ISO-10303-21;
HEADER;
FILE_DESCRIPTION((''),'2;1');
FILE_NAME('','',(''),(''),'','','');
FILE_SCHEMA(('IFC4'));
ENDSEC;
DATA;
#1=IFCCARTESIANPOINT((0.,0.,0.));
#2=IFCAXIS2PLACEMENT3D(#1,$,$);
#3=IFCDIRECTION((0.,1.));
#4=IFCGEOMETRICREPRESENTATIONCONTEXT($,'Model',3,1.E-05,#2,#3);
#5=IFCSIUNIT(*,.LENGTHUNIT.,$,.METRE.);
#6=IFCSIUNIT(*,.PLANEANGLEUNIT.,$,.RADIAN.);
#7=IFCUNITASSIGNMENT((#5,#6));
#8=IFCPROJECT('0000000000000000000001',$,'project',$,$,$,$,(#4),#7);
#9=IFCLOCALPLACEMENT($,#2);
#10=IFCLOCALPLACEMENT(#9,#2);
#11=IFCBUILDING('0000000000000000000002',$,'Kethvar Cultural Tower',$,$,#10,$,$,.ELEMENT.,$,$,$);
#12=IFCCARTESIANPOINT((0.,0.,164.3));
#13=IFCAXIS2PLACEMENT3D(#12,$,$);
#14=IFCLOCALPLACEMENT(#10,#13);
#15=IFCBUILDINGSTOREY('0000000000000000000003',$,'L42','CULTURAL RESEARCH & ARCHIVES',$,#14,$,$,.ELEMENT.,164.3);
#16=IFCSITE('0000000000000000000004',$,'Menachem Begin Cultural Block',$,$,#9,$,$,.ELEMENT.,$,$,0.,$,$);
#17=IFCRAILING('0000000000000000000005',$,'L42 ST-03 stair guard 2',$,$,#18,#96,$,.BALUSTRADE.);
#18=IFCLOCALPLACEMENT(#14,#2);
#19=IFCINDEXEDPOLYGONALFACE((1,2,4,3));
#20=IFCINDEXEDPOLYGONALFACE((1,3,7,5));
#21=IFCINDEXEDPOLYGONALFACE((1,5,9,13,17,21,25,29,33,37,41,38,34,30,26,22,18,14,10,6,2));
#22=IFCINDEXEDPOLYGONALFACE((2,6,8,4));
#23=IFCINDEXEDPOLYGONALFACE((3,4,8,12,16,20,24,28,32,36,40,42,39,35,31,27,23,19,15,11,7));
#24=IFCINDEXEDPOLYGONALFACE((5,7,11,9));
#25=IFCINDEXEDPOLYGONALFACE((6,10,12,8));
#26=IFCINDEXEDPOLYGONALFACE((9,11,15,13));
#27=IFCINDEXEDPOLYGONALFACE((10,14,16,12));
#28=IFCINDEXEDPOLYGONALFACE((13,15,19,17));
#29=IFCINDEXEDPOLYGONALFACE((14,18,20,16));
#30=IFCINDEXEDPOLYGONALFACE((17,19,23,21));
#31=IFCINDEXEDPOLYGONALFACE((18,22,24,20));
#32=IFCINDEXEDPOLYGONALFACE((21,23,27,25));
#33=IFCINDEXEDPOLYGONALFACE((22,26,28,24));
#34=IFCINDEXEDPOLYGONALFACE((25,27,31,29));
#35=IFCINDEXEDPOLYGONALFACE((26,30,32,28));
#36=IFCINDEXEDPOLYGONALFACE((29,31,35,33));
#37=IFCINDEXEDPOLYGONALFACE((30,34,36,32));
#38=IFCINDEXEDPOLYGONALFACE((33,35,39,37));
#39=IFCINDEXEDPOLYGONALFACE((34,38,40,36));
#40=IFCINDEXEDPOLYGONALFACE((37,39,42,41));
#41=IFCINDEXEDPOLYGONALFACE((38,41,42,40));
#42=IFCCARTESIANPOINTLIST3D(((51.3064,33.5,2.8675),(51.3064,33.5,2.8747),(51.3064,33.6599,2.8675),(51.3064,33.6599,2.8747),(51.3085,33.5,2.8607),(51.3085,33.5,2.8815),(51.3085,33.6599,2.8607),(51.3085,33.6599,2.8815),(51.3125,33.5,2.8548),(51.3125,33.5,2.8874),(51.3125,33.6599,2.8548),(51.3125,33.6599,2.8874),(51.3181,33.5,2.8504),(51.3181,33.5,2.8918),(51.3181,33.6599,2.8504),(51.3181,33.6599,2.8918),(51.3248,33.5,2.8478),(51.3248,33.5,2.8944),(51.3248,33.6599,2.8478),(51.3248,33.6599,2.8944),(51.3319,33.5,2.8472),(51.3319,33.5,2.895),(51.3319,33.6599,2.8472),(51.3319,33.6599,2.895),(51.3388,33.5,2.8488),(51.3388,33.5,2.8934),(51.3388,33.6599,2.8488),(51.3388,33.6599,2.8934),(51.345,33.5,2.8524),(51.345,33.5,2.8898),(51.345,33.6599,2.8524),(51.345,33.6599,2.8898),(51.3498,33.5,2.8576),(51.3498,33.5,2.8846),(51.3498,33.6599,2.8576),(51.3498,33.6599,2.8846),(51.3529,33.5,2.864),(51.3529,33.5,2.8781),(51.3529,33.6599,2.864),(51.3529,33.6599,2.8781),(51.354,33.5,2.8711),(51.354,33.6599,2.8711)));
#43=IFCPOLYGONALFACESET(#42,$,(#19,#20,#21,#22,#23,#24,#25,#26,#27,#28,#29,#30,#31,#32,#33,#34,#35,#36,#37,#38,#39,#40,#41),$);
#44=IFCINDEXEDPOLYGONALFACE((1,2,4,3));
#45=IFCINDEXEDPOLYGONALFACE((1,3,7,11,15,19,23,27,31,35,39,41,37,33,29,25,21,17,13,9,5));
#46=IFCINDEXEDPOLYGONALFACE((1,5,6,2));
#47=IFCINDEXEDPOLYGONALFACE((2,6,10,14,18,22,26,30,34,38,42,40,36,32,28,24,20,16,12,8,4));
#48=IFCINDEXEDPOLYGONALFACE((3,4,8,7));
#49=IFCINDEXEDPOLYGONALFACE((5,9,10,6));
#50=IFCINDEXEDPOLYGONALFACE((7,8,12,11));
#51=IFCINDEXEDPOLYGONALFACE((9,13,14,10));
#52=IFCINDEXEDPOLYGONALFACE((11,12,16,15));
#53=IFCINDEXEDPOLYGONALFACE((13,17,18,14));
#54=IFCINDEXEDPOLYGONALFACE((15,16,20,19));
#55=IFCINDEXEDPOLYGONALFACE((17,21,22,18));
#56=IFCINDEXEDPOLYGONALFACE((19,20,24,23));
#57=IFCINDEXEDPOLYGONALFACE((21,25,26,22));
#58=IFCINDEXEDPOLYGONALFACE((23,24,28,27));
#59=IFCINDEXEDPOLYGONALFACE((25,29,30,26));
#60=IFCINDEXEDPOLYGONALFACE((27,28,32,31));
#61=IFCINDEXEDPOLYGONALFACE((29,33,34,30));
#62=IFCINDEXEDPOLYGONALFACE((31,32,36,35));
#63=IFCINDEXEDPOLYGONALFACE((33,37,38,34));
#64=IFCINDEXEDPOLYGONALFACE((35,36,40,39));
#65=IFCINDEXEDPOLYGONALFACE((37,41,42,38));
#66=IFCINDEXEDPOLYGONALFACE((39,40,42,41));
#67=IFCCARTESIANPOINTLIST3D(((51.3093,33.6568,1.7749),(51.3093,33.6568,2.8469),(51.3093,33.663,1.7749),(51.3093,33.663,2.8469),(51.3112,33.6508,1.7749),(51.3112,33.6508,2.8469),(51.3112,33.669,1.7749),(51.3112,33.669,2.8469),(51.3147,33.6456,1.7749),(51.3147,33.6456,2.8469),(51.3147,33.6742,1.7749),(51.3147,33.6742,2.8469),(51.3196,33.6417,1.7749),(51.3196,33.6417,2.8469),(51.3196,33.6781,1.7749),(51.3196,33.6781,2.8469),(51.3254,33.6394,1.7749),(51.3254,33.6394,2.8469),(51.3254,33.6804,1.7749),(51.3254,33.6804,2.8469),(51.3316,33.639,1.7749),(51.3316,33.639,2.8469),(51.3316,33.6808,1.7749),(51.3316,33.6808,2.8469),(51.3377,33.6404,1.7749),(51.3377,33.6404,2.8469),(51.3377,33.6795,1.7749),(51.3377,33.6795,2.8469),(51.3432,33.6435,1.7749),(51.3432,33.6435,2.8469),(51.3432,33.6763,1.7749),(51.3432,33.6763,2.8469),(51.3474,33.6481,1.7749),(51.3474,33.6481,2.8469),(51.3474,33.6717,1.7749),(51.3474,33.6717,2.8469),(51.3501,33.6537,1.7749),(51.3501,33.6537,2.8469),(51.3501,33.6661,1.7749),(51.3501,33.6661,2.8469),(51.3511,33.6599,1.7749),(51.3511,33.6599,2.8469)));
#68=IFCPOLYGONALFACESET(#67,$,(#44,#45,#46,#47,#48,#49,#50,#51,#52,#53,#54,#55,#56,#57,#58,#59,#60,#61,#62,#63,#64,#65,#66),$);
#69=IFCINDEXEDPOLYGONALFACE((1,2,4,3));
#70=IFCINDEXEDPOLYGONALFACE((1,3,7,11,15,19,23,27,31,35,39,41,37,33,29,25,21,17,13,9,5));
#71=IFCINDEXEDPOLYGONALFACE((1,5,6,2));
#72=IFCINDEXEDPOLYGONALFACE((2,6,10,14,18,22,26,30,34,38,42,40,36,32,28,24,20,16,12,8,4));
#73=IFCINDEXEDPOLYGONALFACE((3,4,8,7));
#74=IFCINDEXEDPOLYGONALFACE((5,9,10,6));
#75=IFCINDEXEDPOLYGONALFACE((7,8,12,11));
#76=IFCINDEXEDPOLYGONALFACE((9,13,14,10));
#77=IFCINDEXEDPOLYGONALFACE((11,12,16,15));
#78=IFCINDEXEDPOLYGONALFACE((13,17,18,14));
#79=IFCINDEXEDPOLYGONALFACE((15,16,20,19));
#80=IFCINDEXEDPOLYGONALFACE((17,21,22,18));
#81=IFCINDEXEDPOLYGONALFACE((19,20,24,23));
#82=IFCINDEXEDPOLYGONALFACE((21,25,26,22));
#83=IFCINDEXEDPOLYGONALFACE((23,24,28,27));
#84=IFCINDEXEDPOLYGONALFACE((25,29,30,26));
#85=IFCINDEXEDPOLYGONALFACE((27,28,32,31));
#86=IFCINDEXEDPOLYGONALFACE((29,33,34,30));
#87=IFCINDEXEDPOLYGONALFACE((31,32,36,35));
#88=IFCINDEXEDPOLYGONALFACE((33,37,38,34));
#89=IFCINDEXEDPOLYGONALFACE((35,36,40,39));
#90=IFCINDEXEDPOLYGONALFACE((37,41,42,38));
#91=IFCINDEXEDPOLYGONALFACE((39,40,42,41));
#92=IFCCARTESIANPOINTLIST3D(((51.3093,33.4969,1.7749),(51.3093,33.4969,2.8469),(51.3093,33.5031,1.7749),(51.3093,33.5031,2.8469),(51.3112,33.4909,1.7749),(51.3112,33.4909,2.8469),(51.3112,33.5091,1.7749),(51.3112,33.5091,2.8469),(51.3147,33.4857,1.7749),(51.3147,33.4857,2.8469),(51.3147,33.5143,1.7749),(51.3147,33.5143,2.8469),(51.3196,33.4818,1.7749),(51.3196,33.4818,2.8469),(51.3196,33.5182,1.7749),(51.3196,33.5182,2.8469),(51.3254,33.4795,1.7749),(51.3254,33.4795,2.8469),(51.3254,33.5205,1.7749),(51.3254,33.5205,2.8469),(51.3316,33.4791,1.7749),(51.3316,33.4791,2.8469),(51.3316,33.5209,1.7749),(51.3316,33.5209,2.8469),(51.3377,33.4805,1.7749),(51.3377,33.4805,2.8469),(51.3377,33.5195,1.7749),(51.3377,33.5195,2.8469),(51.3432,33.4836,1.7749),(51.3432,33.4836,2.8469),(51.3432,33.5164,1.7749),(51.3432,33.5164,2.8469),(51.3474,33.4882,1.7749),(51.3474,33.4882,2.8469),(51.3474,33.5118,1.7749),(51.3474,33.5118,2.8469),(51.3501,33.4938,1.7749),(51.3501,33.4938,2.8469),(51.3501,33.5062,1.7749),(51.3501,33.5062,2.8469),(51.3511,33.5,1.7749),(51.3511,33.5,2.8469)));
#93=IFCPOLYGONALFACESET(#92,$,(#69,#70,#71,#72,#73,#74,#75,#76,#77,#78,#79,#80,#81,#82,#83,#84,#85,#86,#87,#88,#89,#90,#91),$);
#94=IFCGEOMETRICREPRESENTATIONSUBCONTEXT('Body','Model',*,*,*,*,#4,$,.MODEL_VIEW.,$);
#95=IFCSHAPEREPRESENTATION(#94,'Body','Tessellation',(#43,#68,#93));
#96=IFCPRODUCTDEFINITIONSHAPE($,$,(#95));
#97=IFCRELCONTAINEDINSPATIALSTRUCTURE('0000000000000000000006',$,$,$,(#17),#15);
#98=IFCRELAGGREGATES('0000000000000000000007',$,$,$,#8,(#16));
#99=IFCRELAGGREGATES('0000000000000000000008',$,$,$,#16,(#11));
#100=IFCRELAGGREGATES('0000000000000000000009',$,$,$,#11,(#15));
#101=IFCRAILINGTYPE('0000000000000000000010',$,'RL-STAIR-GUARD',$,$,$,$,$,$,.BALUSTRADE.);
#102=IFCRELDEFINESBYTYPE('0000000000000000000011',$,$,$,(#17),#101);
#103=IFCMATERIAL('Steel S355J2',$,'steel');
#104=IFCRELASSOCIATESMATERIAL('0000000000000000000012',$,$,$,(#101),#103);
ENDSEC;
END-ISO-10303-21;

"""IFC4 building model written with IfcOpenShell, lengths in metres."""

from ifc_helpers import new_model, si_unit, direction, frame, origin, origin_2d, place, context, subcontext, project, spatial, circle, extrude, material, type_object, element, save


model = new_model("IFC4")

# Units and contexts
model_context = context("Model", 3, precision=1e-05, world=origin(), true_north=direction((0.0, 1.0)))
body_context = subcontext(model_context, "Body", "Model", "MODEL_VIEW")
ifc_project = project(units=[si_unit("LENGTHUNIT", "METRE"), si_unit("PLANEANGLEUNIT", "RADIAN")], contexts=[model_context])

# Site, building, storey
site_placement = place(None, origin())
site = spatial("IfcSite", under=ifc_project, at=site_placement, Name="Menachem Begin Cultural Block", CompositionType="ELEMENT", RefElevation=0.0)
building_placement = place(site_placement, origin())
building = spatial("IfcBuilding", under=site, at=building_placement, Name="Kethvar Cultural Tower", CompositionType="ELEMENT")
storey_placement = place(building_placement, frame((0.0, 0.0, 164.3)))
storey = spatial("IfcBuildingStorey", under=building, at=storey_placement, Name="L42", Description="CULTURAL RESEARCH & ARCHIVES", CompositionType="ELEMENT", Elevation=164.3)

# Shared definitions
ifc_material_1 = material(Name="Steel S355J2", Category="steel")

# Railing
railing_type_1 = type_object("IfcRailingType", Name="RL-STAIR-GUARD", PredefinedType="BALUSTRADE", material=ifc_material_1)
railing_1_placement = place(storey_placement, frame((51.3301, 33.6599, 1.7749)))
element("IfcRailing", 1, at=railing_1_placement, inside=storey, type_object=railing_type_1, Name="L42 ST-03 stair guard 2", PredefinedType="BALUSTRADE", context=body_context, shape_type="SweptSolid", body=[
    extrude(circle(Radius=0.0239, at=origin_2d()), frame((0.0, 0.0, 1.0962), z_axis=(0.0, -1.0, 0.0), x_axis=(1.0, 0.0, 0.0)), (0.0, 0.0, 1.0), 0.1599),
    extrude(circle(Radius=0.021, at=origin_2d()), origin(), (0.0, 0.0, 1.0), 1.072),
    extrude(circle(Radius=0.021, at=origin_2d()), frame((0.0, -0.1599, 0.0)), (0.0, 0.0, 1.0), 1.072),
])

save(model, "model.ifc")
